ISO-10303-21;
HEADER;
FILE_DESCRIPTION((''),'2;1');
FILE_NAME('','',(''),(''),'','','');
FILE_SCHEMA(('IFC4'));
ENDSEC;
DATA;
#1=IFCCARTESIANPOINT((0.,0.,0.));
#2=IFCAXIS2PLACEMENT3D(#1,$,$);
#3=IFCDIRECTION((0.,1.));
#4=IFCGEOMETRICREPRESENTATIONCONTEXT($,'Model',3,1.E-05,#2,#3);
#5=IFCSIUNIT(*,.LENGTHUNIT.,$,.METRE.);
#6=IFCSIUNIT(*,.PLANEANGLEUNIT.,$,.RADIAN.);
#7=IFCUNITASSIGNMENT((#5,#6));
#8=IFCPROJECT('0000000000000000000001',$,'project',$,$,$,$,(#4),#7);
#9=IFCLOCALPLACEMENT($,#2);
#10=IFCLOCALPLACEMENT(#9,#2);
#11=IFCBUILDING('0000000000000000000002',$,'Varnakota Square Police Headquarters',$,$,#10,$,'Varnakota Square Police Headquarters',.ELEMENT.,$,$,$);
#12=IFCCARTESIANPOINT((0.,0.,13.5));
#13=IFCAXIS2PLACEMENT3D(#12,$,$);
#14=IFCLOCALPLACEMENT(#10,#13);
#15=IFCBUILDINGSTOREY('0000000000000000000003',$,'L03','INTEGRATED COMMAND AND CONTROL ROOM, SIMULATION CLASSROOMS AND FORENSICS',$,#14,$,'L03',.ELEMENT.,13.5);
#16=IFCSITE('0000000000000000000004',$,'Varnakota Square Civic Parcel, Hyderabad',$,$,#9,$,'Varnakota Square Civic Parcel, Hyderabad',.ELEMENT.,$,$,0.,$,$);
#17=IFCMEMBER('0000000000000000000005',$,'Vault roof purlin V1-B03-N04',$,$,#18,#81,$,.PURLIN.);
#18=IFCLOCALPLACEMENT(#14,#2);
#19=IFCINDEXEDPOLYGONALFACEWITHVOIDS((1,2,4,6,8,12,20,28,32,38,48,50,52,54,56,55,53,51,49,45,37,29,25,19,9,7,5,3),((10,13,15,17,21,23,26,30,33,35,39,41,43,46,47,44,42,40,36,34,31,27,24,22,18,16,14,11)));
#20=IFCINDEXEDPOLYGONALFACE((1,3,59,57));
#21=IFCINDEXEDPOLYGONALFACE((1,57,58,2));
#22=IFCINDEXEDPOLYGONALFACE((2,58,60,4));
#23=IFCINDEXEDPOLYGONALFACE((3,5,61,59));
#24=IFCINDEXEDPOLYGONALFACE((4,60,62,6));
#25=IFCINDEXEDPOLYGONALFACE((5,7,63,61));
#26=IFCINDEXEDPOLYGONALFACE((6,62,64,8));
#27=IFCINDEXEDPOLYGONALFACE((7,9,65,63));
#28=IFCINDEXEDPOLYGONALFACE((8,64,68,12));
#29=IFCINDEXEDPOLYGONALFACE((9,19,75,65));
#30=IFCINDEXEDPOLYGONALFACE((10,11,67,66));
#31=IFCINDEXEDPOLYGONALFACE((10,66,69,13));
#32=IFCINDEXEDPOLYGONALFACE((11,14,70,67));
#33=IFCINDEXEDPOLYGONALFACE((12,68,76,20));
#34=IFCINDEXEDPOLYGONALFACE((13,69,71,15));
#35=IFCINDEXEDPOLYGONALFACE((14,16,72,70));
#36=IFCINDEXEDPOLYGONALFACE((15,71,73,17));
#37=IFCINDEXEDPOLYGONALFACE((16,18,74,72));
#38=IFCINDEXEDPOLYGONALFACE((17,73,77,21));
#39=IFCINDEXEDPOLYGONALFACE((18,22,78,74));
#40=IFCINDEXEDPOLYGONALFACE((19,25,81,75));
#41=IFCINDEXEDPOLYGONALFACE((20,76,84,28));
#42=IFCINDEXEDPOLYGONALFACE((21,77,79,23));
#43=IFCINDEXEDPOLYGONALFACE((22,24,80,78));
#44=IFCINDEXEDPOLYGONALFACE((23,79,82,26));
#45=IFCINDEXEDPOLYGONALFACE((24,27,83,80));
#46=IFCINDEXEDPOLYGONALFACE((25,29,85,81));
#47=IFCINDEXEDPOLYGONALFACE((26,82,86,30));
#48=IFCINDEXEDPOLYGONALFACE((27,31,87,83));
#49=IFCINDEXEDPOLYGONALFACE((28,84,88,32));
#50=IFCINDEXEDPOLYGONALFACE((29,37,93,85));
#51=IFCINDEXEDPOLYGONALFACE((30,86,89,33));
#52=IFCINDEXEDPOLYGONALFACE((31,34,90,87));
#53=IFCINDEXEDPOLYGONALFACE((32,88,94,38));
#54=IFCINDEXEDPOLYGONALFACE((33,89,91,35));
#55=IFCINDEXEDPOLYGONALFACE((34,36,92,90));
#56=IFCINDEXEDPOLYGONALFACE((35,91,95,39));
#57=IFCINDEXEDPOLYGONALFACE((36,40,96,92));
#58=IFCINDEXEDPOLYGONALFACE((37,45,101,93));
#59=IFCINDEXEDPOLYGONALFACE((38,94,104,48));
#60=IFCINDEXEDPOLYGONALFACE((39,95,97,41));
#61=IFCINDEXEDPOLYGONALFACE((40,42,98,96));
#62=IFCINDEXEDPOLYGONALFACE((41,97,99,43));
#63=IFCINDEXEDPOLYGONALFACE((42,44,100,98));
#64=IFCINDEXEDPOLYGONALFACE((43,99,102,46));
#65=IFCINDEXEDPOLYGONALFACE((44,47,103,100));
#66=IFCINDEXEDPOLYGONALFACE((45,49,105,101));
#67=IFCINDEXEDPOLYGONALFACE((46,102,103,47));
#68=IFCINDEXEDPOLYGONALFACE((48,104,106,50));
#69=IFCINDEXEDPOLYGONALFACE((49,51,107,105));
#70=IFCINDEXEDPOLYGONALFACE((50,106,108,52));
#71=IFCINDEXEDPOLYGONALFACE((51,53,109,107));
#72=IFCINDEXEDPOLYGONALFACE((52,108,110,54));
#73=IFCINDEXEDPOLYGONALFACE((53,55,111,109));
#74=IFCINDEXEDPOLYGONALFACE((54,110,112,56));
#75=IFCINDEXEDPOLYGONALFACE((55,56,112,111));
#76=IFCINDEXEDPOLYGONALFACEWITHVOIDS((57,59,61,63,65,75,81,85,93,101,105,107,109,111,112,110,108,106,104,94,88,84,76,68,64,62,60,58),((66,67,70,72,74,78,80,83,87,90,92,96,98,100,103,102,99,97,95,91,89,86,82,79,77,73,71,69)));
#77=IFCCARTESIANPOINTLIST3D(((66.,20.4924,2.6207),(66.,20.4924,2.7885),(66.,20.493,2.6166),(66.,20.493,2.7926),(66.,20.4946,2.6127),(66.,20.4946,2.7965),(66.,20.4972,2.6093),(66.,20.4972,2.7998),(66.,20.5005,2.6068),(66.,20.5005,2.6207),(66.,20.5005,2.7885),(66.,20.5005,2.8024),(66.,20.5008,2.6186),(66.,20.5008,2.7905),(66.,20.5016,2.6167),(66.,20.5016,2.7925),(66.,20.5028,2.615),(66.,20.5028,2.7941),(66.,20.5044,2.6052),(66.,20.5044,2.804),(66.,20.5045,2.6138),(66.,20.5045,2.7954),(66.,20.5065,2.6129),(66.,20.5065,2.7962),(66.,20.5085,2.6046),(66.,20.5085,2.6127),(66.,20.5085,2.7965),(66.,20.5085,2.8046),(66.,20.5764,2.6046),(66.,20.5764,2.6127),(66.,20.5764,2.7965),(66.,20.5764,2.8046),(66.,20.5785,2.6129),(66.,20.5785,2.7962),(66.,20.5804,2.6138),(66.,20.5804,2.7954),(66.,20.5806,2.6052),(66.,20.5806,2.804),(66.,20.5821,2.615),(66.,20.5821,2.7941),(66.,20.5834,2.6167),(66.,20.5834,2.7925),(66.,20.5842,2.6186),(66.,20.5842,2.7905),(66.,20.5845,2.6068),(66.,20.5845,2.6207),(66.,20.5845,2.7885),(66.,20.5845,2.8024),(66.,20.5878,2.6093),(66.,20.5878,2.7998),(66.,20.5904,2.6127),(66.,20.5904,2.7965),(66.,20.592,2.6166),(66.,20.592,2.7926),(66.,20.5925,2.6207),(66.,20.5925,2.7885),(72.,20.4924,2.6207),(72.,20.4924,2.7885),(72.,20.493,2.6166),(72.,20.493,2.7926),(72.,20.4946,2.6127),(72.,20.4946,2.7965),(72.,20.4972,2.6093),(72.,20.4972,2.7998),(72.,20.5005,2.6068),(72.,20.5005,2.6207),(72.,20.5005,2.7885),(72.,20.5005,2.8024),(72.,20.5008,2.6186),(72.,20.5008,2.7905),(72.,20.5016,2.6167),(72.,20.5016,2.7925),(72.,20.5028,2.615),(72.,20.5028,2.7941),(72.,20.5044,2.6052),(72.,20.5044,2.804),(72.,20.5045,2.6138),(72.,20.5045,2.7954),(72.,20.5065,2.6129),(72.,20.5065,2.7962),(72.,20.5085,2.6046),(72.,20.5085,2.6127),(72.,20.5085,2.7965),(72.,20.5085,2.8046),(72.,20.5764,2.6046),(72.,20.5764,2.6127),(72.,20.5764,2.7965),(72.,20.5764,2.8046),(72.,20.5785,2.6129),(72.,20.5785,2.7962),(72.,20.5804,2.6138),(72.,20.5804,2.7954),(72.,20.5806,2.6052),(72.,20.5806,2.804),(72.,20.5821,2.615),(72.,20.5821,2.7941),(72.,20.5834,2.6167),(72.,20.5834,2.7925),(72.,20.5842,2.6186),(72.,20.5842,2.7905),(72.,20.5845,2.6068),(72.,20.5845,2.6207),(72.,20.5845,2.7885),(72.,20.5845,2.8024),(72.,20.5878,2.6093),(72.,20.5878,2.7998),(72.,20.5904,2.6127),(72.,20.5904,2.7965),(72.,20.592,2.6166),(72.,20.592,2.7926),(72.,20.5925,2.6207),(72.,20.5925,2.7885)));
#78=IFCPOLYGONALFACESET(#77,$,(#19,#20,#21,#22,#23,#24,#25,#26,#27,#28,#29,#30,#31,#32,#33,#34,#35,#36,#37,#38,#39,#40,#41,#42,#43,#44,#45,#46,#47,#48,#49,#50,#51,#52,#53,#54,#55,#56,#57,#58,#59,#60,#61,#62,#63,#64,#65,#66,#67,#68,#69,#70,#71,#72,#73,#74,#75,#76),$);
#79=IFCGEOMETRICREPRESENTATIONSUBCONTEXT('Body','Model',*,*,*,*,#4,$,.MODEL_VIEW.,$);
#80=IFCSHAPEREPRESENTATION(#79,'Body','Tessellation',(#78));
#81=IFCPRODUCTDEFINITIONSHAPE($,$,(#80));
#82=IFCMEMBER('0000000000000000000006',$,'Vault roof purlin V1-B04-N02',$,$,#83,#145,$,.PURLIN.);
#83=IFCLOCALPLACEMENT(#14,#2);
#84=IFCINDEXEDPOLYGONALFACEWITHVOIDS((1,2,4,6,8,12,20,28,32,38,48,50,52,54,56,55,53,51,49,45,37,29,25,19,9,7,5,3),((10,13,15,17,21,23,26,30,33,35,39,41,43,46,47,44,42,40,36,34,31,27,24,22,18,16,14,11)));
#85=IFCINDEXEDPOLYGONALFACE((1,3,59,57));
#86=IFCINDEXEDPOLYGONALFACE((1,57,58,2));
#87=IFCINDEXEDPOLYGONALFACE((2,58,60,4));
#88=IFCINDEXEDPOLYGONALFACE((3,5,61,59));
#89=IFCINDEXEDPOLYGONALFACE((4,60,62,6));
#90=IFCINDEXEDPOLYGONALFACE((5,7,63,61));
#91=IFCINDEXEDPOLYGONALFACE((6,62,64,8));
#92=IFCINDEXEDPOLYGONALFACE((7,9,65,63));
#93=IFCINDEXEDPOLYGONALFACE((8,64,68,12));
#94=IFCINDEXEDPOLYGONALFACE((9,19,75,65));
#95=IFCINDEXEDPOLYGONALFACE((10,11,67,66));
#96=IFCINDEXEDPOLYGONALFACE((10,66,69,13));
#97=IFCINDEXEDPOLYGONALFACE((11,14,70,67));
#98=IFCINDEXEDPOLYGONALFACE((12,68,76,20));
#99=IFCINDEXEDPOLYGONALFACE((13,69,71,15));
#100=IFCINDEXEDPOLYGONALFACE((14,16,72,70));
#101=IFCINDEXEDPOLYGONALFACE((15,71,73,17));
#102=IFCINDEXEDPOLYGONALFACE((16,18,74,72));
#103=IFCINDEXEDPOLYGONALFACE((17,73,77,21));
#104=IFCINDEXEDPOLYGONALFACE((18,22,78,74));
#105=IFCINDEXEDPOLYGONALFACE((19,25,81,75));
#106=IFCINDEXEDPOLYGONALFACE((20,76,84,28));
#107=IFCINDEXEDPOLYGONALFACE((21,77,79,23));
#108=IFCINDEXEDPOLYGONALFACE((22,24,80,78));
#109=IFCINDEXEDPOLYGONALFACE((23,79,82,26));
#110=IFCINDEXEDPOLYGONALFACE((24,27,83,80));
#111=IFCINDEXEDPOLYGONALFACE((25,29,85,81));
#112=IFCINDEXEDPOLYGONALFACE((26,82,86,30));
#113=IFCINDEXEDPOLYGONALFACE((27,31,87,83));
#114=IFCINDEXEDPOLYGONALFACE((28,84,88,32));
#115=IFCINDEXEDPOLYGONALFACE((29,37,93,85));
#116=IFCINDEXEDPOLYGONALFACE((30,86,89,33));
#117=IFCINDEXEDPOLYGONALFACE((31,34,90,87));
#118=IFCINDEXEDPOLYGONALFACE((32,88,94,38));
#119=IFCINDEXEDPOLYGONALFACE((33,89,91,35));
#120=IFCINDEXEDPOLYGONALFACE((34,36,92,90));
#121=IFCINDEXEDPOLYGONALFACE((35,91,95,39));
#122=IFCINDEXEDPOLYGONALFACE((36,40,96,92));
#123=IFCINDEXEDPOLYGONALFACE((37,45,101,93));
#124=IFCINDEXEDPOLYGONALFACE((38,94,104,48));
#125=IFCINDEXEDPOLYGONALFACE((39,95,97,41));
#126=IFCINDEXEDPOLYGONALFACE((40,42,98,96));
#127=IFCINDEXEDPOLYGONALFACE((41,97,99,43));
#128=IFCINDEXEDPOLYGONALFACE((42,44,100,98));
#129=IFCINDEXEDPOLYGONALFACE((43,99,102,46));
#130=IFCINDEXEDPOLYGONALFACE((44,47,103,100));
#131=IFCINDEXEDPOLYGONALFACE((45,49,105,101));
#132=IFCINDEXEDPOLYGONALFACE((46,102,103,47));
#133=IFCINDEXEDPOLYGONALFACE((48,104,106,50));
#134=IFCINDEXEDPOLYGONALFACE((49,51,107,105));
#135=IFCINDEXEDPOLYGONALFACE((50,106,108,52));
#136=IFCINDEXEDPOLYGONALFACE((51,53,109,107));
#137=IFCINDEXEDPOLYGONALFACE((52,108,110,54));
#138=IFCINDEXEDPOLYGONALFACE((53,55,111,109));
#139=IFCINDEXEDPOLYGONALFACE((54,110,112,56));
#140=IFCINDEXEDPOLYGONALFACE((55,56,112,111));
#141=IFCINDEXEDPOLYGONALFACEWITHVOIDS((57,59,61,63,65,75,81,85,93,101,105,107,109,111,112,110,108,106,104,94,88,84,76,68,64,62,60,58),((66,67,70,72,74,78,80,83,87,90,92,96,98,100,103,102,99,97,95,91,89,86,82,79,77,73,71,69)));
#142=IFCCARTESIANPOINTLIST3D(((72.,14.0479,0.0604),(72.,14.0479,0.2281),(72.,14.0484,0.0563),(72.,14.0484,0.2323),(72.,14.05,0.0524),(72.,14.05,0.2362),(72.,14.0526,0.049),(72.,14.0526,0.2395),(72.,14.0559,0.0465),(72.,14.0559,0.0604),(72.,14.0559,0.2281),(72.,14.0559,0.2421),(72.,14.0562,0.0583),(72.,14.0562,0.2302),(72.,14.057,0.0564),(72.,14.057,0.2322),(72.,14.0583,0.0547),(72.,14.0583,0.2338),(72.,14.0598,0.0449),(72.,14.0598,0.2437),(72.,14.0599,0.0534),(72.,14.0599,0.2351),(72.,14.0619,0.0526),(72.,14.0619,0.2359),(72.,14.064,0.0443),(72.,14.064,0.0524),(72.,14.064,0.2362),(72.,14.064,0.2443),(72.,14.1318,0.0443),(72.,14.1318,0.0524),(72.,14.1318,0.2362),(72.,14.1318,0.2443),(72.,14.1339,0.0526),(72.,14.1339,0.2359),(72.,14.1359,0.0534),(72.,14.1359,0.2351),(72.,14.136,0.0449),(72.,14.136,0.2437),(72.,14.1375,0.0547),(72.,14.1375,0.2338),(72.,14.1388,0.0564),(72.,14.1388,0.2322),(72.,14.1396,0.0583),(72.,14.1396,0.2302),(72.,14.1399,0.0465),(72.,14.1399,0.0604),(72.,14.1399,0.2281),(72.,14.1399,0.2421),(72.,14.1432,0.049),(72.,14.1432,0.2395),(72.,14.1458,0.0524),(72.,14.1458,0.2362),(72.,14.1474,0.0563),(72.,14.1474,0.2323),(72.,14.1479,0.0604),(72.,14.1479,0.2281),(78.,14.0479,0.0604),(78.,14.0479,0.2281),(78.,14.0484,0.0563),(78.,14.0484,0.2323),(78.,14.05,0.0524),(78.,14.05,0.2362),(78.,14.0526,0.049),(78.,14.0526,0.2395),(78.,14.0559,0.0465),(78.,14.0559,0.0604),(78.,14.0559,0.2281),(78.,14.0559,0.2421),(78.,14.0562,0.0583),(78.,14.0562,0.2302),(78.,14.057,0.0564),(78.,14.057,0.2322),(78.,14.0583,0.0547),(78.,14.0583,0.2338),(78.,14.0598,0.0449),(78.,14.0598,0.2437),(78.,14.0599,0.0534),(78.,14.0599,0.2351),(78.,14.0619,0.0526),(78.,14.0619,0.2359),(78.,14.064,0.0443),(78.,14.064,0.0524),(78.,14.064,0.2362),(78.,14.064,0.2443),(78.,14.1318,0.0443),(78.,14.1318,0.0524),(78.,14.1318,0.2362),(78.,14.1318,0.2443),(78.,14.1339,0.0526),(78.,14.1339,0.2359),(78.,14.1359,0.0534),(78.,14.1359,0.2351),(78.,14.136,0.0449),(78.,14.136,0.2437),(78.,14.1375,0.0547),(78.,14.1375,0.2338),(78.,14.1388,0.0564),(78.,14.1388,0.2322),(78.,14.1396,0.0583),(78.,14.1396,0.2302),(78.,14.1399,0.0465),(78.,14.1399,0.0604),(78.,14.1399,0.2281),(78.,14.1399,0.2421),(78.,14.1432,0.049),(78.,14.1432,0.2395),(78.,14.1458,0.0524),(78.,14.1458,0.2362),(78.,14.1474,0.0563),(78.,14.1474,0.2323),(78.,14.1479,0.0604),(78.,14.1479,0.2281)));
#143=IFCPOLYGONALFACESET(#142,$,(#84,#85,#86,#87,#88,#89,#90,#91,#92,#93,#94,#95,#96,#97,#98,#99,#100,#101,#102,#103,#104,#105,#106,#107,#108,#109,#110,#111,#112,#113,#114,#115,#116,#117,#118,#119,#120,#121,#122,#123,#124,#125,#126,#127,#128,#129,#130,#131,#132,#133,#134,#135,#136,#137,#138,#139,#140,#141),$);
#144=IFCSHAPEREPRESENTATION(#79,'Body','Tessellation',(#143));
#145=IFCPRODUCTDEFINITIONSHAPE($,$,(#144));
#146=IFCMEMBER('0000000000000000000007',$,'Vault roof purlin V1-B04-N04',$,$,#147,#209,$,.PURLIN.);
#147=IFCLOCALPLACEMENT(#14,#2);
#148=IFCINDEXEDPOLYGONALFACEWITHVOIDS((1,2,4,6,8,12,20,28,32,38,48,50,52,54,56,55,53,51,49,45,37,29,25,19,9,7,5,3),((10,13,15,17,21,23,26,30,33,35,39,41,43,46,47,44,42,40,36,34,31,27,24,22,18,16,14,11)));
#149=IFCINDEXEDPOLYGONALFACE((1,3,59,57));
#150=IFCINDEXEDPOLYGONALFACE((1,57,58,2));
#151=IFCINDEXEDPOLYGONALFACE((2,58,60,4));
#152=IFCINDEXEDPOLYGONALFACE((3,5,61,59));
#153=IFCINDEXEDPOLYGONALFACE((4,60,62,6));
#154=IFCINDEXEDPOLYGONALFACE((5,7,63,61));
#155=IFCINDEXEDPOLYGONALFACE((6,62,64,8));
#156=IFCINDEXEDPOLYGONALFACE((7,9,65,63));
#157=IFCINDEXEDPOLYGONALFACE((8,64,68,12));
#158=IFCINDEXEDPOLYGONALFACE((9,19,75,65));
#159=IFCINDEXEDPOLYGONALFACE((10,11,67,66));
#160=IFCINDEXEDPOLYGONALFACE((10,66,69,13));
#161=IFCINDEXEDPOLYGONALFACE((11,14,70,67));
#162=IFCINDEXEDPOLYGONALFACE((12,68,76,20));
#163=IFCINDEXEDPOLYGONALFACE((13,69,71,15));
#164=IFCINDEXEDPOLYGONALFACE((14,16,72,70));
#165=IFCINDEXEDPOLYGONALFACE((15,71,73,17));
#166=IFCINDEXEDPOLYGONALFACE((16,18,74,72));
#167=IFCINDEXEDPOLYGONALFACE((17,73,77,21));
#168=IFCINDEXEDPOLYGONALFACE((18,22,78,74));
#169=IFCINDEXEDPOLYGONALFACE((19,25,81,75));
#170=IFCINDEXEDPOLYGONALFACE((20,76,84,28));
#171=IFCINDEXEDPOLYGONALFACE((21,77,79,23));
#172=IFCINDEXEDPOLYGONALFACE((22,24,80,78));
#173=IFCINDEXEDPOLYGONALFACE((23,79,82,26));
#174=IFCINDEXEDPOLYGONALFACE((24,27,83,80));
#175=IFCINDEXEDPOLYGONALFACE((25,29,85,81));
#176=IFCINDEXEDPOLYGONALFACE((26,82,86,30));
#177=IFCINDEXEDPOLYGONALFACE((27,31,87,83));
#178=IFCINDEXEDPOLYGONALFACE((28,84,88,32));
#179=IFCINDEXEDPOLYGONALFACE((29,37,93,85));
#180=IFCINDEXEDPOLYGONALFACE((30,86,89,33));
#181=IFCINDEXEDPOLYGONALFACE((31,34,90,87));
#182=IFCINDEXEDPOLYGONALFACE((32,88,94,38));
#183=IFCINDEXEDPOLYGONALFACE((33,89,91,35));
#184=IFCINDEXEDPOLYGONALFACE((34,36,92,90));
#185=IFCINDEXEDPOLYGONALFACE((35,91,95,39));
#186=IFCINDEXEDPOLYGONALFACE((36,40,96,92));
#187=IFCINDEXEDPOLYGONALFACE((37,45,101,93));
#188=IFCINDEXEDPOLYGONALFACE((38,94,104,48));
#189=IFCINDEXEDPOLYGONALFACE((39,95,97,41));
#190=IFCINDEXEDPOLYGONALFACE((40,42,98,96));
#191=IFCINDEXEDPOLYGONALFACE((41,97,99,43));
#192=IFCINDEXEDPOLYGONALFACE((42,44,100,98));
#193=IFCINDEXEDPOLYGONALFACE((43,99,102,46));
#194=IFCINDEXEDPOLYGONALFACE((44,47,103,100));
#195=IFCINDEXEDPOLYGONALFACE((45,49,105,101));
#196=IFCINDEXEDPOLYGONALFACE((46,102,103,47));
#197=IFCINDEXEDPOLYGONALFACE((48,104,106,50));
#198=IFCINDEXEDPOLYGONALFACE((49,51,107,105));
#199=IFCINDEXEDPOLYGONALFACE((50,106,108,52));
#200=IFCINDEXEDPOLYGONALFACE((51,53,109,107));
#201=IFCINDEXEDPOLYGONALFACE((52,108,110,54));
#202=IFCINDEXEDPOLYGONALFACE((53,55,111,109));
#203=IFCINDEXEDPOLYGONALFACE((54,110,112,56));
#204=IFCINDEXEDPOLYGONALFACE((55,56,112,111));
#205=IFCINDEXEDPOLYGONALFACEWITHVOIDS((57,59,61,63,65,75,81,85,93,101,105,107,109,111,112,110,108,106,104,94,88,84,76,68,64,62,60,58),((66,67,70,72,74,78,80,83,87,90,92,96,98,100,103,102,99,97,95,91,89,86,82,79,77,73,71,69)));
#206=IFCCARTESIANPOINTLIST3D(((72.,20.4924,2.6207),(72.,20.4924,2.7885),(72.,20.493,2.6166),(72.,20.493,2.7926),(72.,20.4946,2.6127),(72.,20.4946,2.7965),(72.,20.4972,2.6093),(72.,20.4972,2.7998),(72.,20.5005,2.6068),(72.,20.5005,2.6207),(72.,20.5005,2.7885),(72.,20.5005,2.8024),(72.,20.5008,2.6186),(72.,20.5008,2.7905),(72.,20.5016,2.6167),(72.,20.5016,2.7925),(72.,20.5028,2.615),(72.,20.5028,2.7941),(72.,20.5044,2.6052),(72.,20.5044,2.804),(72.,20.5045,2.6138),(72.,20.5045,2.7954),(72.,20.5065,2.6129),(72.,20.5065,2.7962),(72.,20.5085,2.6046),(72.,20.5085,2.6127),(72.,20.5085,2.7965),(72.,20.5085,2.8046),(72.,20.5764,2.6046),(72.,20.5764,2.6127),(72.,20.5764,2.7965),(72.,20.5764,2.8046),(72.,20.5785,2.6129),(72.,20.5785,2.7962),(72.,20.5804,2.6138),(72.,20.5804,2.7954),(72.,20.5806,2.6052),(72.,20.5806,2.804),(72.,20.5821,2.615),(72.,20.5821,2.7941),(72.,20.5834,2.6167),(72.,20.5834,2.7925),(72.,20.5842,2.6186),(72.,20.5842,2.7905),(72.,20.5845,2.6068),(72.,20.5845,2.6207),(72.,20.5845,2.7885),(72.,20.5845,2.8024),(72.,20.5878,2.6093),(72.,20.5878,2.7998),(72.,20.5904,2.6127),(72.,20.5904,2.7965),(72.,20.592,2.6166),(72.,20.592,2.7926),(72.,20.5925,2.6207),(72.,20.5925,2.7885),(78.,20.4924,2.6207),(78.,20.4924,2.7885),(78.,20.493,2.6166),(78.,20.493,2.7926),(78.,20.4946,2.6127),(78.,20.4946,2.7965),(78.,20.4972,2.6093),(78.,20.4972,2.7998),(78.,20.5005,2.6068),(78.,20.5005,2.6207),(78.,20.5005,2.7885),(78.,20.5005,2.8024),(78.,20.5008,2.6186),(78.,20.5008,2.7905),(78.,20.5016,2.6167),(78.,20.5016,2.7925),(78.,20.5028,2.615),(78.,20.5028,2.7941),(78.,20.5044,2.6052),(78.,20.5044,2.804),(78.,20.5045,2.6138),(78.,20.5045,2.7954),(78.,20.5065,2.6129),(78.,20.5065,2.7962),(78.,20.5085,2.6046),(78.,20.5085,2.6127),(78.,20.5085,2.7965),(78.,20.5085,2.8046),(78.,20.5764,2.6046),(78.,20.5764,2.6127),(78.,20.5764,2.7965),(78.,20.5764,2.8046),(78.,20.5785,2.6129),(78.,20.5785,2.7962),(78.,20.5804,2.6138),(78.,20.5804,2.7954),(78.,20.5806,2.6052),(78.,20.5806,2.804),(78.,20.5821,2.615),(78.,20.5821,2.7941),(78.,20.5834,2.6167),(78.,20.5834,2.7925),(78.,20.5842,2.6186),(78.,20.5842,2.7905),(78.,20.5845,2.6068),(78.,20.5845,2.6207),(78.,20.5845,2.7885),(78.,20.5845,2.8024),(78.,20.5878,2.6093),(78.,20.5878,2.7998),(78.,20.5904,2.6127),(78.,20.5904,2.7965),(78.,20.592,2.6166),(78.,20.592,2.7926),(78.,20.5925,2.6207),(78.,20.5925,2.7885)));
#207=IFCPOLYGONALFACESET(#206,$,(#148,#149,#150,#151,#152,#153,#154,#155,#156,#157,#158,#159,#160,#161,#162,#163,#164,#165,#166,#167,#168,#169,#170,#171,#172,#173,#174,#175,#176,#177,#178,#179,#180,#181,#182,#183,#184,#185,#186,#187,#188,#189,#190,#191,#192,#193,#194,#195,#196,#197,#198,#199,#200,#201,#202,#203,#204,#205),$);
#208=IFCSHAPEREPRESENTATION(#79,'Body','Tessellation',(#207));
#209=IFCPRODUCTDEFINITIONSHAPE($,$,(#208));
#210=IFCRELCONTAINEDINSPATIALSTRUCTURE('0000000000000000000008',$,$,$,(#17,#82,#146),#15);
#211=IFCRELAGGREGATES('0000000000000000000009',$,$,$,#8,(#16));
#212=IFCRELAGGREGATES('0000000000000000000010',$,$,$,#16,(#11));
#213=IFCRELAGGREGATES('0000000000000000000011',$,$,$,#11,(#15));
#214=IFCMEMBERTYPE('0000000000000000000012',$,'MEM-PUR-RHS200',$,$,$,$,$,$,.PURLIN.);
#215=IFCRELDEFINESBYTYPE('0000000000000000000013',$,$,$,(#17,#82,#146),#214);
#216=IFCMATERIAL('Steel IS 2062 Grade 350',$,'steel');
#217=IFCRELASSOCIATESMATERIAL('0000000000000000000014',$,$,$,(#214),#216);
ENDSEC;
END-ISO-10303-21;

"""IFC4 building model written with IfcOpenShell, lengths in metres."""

from ifc_helpers import new_model, si_unit, direction, frame, origin, origin_2d, place, context, subcontext, project, spatial, hollow_rectangle, extrude, material, material_profile, profile_set, type_object, element, save


model = new_model("IFC4")

# Units and contexts
model_context = context("Model", 3, precision=1e-05, world=origin(), true_north=direction((0.0, 1.0)))
body_context = subcontext(model_context, "Body", "Model", "MODEL_VIEW")
ifc_project = project(units=[si_unit("LENGTHUNIT", "METRE"), si_unit("PLANEANGLEUNIT", "RADIAN")], contexts=[model_context])

# Site, building, storey
site_placement = place(None, origin())
site = spatial("IfcSite", under=ifc_project, at=site_placement, Name="Varnakota Square Civic Parcel, Hyderabad", LongName="Varnakota Square Civic Parcel, Hyderabad", CompositionType="ELEMENT", RefElevation=0.0)
building_placement = place(site_placement, origin())
building = spatial("IfcBuilding", under=site, at=building_placement, Name="Varnakota Square Police Headquarters", LongName="Varnakota Square Police Headquarters", CompositionType="ELEMENT")
storey_placement = place(building_placement, frame((0.0, 0.0, 13.5)))
storey = spatial("IfcBuildingStorey", under=building, at=storey_placement, Name="L03", Description="INTEGRATED COMMAND AND CONTROL ROOM, SIMULATION CLASSROOMS AND FORENSICS", LongName="L03", CompositionType="ELEMENT", Elevation=13.5)

# Shared definitions
ifc_material_1 = material(Name="Steel IS 2062 Grade 350", Category="steel")

# Members
ifc_material_profile_1 = material_profile(ifc_material_1, hollow_rectangle(XDim=0.1001, YDim=0.2, WallThickness=0.0081, InnerFilletRadius=0.0081, OuterFilletRadius=0.0161, at=origin_2d()), Name="RHS 200x100x8")
ifc_profile_set_1 = profile_set([ifc_material_profile_1], Name="Steel IS 2062 Grade 350")
member_type_1 = type_object("IfcMemberType", Name="MEM-PUR-RHS200", PredefinedType="PURLIN", material=ifc_profile_set_1)
for number, where, z_axis, x_axis, name in (
    (1, (66.0, 20.5425, 2.7046), (1.0, 0.0, 0.0), (0.0, 1.0, 0.0), "Vault roof purlin V1-B03-N04"),
    (2, (72.0, 14.0979, 0.1443), (1.0, 0.0, 0.0), (0.0, 1.0, 0.0), "Vault roof purlin V1-B04-N02"),
    (3, (72.0, 20.5425, 2.7046), (1.0, 0.0, 0.0), (0.0, 1.0, 0.0), "Vault roof purlin V1-B04-N04"),
):
    element("IfcMember", number, at=place(storey_placement, frame(where, z_axis=z_axis, x_axis=x_axis)), inside=storey, type_object=member_type_1, Name=name, PredefinedType="PURLIN", context=body_context, shape_type="SweptSolid", body=[
        extrude(hollow_rectangle(XDim=0.1001, YDim=0.2, WallThickness=0.0081, InnerFilletRadius=0.0081, OuterFilletRadius=0.0161, at=origin_2d()), origin(), (0.0, 0.0, 1.0), 6.0),
    ])

save(model, "model.ifc")
